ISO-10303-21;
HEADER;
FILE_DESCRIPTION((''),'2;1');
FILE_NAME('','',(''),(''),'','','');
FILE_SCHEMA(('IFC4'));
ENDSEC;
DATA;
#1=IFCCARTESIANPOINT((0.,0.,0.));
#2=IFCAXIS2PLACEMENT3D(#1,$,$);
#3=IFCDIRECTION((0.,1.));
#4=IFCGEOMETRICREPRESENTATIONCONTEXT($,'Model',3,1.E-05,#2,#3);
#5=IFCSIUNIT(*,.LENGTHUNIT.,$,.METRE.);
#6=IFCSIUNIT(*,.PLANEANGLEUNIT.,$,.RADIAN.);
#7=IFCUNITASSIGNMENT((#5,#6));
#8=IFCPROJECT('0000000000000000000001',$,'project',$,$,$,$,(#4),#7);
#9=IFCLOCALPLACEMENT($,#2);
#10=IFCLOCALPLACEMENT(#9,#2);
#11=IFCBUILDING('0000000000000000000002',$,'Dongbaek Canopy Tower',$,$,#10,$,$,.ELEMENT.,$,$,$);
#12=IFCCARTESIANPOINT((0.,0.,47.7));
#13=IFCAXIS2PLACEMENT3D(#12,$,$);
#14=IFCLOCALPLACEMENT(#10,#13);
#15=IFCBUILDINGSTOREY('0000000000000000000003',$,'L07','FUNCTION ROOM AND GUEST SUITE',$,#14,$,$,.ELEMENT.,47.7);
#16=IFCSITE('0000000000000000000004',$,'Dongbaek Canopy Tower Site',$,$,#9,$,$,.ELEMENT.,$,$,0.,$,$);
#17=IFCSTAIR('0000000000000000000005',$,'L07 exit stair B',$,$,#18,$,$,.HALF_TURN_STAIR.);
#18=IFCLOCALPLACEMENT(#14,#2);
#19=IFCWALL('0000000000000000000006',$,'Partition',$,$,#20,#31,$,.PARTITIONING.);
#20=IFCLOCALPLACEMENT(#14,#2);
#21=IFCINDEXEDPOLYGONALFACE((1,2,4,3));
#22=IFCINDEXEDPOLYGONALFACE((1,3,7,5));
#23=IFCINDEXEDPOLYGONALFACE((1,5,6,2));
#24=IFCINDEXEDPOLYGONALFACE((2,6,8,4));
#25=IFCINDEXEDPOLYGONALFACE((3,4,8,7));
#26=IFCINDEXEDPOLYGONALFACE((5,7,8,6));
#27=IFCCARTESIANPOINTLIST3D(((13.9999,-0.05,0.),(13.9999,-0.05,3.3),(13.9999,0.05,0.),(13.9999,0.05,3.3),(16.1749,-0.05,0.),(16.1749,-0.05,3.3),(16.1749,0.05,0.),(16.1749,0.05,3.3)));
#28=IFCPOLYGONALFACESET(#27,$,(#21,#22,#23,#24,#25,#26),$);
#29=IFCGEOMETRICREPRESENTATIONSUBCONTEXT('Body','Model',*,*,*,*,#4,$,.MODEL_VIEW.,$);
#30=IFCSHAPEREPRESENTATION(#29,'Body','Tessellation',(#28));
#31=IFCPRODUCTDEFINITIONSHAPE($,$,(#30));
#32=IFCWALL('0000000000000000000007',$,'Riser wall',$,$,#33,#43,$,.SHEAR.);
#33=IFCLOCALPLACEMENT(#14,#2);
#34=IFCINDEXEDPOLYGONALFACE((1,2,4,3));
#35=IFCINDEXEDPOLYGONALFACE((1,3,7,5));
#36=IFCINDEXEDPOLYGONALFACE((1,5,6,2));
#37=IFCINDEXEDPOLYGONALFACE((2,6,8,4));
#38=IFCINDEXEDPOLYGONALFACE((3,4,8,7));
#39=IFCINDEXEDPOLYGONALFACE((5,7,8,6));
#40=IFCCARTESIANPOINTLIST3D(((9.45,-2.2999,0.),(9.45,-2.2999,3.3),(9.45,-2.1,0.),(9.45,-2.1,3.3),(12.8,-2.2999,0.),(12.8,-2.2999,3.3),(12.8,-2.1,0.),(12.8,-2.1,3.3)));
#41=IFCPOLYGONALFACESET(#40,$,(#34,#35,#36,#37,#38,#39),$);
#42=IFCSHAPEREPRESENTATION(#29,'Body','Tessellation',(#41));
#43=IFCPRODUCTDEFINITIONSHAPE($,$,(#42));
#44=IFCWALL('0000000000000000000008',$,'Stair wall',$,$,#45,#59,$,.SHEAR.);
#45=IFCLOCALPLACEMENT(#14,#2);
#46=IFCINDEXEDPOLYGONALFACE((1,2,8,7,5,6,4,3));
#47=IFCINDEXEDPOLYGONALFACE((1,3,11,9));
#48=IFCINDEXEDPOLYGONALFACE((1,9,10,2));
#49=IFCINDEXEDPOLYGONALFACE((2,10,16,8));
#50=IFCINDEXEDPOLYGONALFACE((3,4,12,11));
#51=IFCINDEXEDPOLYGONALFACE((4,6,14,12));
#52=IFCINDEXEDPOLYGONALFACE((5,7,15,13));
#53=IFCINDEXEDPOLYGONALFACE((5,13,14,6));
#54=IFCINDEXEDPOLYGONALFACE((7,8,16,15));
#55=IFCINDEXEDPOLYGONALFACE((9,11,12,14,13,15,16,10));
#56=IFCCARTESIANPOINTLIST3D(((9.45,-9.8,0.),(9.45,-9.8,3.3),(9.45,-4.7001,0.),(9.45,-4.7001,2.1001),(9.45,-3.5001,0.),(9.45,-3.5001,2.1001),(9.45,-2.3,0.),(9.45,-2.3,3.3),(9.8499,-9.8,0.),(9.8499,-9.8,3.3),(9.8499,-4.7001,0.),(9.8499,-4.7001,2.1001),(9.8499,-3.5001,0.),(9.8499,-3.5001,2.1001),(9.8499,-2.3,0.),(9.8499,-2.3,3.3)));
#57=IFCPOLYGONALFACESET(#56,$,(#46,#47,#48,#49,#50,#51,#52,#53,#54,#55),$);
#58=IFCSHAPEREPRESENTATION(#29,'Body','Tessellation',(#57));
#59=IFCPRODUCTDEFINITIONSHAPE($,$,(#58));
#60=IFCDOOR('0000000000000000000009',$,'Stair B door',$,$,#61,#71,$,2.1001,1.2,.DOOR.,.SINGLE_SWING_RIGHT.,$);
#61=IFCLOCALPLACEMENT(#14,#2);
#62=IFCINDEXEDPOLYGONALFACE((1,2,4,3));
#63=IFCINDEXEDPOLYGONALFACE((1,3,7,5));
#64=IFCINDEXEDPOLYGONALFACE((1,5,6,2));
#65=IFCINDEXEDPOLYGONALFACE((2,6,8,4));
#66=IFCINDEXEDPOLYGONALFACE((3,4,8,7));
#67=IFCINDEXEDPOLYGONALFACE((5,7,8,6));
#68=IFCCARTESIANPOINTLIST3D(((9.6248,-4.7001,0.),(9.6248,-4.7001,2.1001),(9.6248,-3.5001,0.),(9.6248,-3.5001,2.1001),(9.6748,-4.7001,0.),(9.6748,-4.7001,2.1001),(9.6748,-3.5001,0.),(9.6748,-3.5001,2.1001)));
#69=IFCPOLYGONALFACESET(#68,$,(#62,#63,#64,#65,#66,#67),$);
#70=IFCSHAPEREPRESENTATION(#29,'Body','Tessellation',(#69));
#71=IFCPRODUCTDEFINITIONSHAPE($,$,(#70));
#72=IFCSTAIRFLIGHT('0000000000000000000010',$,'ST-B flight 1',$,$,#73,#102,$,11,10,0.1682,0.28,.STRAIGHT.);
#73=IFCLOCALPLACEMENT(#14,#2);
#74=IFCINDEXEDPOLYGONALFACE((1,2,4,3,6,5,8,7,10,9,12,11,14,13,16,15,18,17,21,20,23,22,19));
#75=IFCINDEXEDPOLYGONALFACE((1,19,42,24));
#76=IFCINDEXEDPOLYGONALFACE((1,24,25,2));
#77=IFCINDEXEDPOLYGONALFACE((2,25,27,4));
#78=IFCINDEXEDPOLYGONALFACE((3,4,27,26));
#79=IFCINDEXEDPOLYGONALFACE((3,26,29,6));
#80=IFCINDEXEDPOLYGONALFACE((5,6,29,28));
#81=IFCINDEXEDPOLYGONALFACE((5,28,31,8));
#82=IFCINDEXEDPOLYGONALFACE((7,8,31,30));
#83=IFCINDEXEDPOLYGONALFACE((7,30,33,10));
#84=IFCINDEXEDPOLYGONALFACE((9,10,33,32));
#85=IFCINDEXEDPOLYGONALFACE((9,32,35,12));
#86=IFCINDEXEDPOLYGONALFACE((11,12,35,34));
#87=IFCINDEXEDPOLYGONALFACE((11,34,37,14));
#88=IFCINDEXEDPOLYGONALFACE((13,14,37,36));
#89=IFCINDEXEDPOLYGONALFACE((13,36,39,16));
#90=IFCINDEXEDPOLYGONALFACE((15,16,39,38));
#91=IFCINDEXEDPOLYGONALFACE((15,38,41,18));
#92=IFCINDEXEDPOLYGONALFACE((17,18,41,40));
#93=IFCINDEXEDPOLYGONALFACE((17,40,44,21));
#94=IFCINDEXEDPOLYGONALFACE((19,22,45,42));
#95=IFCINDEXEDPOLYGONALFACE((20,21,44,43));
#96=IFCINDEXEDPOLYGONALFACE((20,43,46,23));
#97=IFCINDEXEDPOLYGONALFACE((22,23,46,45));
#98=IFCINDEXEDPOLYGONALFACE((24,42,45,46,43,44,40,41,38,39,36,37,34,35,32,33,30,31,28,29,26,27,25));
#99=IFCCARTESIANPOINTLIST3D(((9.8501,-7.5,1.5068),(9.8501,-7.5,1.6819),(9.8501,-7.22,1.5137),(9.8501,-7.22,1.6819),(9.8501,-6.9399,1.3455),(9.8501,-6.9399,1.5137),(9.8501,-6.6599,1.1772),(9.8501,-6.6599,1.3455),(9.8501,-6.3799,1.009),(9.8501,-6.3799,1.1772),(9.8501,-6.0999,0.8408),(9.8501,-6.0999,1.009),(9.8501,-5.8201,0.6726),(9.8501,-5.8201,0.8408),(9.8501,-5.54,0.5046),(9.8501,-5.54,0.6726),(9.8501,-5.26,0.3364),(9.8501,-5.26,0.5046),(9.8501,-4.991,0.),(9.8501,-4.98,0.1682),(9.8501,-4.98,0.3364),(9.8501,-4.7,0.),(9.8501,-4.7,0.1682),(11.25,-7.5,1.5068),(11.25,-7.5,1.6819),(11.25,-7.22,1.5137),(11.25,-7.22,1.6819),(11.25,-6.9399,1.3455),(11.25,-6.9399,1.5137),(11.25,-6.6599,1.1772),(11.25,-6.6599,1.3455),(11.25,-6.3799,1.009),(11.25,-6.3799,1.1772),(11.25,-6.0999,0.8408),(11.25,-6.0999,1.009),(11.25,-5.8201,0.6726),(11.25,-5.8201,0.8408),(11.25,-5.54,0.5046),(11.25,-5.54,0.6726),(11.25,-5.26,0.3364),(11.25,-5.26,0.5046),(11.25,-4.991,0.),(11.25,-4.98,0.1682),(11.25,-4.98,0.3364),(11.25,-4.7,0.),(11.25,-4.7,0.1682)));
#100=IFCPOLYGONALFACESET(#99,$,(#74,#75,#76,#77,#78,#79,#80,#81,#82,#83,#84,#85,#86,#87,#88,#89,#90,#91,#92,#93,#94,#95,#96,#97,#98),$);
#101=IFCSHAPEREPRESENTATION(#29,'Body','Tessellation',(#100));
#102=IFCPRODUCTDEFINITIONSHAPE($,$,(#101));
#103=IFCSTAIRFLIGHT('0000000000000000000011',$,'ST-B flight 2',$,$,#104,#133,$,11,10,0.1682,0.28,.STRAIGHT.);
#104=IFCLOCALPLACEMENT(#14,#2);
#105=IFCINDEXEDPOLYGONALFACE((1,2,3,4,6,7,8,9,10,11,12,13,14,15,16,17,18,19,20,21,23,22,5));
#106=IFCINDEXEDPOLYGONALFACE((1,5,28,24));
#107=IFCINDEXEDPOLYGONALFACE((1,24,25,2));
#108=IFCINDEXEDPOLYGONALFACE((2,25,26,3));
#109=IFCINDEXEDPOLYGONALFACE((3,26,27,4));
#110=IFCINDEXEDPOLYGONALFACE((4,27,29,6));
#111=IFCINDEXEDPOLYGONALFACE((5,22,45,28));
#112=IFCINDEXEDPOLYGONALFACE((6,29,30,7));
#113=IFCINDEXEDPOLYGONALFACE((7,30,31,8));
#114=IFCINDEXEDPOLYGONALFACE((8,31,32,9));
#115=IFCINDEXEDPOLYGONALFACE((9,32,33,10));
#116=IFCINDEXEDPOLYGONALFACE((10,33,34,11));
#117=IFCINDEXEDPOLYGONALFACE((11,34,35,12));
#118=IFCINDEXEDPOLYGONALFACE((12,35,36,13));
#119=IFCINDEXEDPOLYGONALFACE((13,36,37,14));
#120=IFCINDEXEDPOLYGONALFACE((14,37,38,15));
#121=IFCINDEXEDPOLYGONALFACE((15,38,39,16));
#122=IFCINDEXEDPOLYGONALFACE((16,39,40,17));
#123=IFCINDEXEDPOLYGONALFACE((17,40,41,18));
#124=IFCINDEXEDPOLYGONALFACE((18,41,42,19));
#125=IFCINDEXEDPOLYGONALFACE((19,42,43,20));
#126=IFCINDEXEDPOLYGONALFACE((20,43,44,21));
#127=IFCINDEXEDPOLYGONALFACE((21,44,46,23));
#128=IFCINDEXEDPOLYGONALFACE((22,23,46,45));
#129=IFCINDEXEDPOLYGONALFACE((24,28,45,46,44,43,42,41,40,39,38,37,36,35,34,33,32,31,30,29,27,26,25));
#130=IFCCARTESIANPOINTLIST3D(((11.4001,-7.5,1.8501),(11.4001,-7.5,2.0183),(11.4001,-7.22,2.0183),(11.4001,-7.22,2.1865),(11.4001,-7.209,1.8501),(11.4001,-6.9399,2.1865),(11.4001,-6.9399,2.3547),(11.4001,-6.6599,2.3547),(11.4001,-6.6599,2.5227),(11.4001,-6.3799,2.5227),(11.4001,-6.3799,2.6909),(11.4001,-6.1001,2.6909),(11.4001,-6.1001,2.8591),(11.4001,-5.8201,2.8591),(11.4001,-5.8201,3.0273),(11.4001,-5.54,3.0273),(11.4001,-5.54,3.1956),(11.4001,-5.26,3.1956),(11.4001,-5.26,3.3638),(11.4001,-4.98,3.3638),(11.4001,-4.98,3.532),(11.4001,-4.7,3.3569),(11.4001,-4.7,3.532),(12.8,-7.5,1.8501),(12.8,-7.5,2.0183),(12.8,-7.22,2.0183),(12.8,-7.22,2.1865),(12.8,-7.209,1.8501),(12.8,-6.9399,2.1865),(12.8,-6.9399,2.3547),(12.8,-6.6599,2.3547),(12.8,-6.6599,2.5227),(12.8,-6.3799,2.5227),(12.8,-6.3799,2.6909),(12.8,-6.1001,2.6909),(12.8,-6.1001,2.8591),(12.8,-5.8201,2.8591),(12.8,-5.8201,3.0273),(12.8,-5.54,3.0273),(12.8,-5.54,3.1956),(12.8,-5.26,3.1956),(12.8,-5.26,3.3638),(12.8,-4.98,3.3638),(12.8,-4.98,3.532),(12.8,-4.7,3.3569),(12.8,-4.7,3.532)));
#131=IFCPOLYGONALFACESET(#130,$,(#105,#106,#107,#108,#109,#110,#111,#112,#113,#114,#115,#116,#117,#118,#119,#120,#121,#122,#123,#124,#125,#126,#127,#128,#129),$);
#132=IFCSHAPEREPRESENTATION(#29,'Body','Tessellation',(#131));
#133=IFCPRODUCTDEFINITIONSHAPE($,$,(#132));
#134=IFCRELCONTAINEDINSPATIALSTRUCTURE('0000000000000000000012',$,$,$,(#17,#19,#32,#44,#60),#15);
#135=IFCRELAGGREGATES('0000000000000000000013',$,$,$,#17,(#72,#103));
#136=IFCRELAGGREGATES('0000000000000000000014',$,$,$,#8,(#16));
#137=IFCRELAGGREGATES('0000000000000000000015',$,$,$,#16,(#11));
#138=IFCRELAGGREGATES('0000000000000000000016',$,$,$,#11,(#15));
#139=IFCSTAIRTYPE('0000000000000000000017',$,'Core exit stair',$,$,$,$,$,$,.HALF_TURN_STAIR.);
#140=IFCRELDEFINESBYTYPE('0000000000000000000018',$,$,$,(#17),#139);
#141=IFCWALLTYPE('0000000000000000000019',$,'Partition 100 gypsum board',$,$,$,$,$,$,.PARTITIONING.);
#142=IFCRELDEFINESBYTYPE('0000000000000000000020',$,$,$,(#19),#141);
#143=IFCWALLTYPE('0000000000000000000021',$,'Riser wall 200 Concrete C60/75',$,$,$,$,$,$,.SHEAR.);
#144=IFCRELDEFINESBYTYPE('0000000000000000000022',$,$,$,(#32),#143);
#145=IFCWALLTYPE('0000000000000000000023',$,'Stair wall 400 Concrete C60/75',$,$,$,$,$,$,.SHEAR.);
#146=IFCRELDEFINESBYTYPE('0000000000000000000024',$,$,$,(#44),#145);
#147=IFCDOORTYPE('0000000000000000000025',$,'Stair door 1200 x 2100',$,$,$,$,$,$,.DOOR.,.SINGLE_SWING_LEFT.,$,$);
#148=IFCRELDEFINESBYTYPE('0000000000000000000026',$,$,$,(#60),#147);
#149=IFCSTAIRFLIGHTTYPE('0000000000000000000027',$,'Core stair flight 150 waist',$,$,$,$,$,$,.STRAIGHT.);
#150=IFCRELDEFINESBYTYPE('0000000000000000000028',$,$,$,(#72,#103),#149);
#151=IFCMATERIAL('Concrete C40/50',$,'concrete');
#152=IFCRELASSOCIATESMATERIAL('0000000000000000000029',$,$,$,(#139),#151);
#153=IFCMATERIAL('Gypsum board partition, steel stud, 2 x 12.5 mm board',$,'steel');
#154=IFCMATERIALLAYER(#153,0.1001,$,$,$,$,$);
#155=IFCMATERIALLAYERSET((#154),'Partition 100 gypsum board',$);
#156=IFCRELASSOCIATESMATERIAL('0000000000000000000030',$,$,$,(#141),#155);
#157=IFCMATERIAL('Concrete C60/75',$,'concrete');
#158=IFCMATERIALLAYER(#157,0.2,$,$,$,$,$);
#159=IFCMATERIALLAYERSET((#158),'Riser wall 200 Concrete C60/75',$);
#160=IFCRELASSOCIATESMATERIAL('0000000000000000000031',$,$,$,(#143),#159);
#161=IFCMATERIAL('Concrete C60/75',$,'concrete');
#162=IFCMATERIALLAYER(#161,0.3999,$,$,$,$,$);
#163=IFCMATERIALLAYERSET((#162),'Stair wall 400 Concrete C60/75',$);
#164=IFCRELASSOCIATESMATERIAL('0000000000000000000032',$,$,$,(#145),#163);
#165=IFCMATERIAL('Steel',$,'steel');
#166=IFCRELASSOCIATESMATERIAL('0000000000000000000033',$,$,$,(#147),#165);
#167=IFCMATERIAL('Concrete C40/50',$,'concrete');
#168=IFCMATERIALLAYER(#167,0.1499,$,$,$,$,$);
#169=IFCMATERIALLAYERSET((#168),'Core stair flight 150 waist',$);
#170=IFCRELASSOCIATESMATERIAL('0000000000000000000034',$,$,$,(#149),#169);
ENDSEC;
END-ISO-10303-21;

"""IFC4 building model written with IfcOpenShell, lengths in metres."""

from ifc_helpers import new_model, si_unit, direction, frame, frame_2d, origin, place, context, subcontext, project, spatial, polyline, rectangle, outline, extrude, material, layer, layer_set, type_object, element, fill, aggregate, save


model = new_model("IFC4")

# Units and contexts
model_context = context("Model", 3, precision=1e-05, world=origin(), true_north=direction((0.0, 1.0)))
body_context = subcontext(model_context, "Body", "Model", "MODEL_VIEW")
ifc_project = project(units=[si_unit("LENGTHUNIT", "METRE"), si_unit("PLANEANGLEUNIT", "RADIAN")], contexts=[model_context])

# Site, building, storey
site_placement = place(None, origin())
site = spatial("IfcSite", under=ifc_project, at=site_placement, Name="Dongbaek Canopy Tower Site", CompositionType="ELEMENT", RefElevation=0.0)
building_placement = place(site_placement, origin())
building = spatial("IfcBuilding", under=site, at=building_placement, Name="Dongbaek Canopy Tower", CompositionType="ELEMENT")
storey_placement = place(building_placement, frame((0.0, 0.0, 47.7)))
storey = spatial("IfcBuildingStorey", under=building, at=storey_placement, Name="L07", Description="FUNCTION ROOM AND GUEST SUITE", CompositionType="ELEMENT", Elevation=47.7)

# Stair
ifc_material_1 = material(Name="Concrete C40/50", Category="concrete")
stair_type = type_object("IfcStairType", Name="Core exit stair", PredefinedType="HALF_TURN_STAIR", material=ifc_material_1)
stair_1_placement = place(storey_placement, origin())
stair_1 = element("IfcStair", 1, at=stair_1_placement, inside=storey, type_object=stair_type, Name="L07 exit stair B", PredefinedType="HALF_TURN_STAIR")

# Walls
ifc_material_2 = material(Name="Gypsum board partition, steel stud, 2 x 12.5 mm board", Category="steel")
ifc_layer_1 = layer(ifc_material_2, 0.1001)
ifc_layer_set_1 = layer_set([ifc_layer_1], Name="Partition 100 gypsum board")
wall_type_1 = type_object("IfcWallType", Name="Partition 100 gypsum board", PredefinedType="PARTITIONING", material=ifc_layer_set_1)
wall_1_placement = place(storey_placement, frame((14.0, 0.0, 0.0), z_axis=(0.0, 0.0, 1.0), x_axis=(1.0, 0.0, 0.0)))
element("IfcWall", 2, at=wall_1_placement, inside=storey, type_object=wall_type_1, Name="Partition", PredefinedType="PARTITIONING", context=body_context, shape_type="SweptSolid", body=[
    extrude(rectangle(XDim=2.175, YDim=0.1001, at=frame_2d((1.0874, 0.0))), origin(), (0.0, 0.0, 1.0), 3.3),
])
ifc_material_3 = material(Name="Concrete C60/75", Category="concrete")
ifc_layer_2 = layer(ifc_material_3, 0.2)
ifc_layer_set_2 = layer_set([ifc_layer_2], Name="Riser wall 200 Concrete C60/75")
wall_type_2 = type_object("IfcWallType", Name="Riser wall 200 Concrete C60/75", PredefinedType="SHEAR", material=ifc_layer_set_2)
wall_2_placement = place(storey_placement, frame((9.45, -2.2, 0.0), z_axis=(0.0, 0.0, 1.0), x_axis=(1.0, 0.0, 0.0)))
element("IfcWall", 3, at=wall_2_placement, inside=storey, type_object=wall_type_2, Name="Riser wall", PredefinedType="SHEAR", context=body_context, shape_type="SweptSolid", body=[
    extrude(rectangle(XDim=3.3501, YDim=0.2, at=frame_2d((1.675, 0.0))), origin(), (0.0, 0.0, 1.0), 3.3),
])

# Wall, opening, door
ifc_material_4 = material(Name="Concrete C60/75", Category="concrete")
ifc_layer_3 = layer(ifc_material_4, 0.3999)
ifc_layer_set_3 = layer_set([ifc_layer_3], Name="Stair wall 400 Concrete C60/75")
wall_type_3 = type_object("IfcWallType", Name="Stair wall 400 Concrete C60/75", PredefinedType="SHEAR", material=ifc_layer_set_3)
wall_3_placement = place(storey_placement, frame((9.6499, -2.3, 0.0), z_axis=(0.0, 0.0, 1.0), x_axis=(0.0, -1.0, 0.0)))
wall_3 = element("IfcWall", 4, at=wall_3_placement, inside=storey, type_object=wall_type_3, Name="Stair wall", PredefinedType="SHEAR", context=body_context, shape_type="SweptSolid", body=[
    extrude(rectangle(XDim=7.5, YDim=0.3999, at=frame_2d((3.75, 0.0))), origin(), (0.0, 0.0, 1.0), 3.3),
])
opening_1_placement = place(wall_3_placement, frame((1.2, 0.0, 0.0)))
opening_1 = element("IfcOpeningElement", 5, at=opening_1_placement, cuts=wall_3, PredefinedType="OPENING", context=body_context, shape_type="SweptSolid", body=[
    extrude(rectangle(XDim=1.2, YDim=2.1001, at=frame_2d((0.6001, 1.05))), frame((0.0, 0.21, 0.0), z_axis=(0.0, -1.0, 0.0), x_axis=(1.0, 0.0, 0.0)), (0.0, 0.0, 1.0), 0.4199),
])
ifc_material_5 = material(Name="Steel", Category="steel")
door_type_1 = type_object("IfcDoorType", Name="Stair door 1200 x 2100", OperationType="SINGLE_SWING_LEFT", PredefinedType="DOOR", material=ifc_material_5)
door_1_placement = place(opening_1_placement, origin())
door_1 = element("IfcDoor", 6, at=door_1_placement, inside=storey, type_object=door_type_1, Name="Stair B door", OperationType="SINGLE_SWING_RIGHT", OverallHeight=2.1001, OverallWidth=1.2, PredefinedType="DOOR", context=body_context, shape_type="SweptSolid", body=[
    extrude(rectangle(XDim=1.2, YDim=2.1001, at=frame_2d((0.6001, 1.05))), frame((0.0, 0.0249, 0.0), z_axis=(0.0, -1.0, 0.0), x_axis=(1.0, 0.0, 0.0)), (0.0, 0.0, 1.0), 0.05),
])
fill(opening_1, door_1)

# Stair flights
ifc_material_6 = material(Name="Concrete C40/50", Category="concrete")
ifc_layer_4 = layer(ifc_material_6, 0.1499)
ifc_layer_set_4 = layer_set([ifc_layer_4], Name="Core stair flight 150 waist")
stair_flight_type = type_object("IfcStairFlightType", Name="Core stair flight 150 waist", PredefinedType="STRAIGHT", material=ifc_layer_set_4)
stair_flight_1_placement = place(storey_placement, frame((10.55, -4.7, 0.0), z_axis=(0.0, 0.0, 1.0), x_axis=(0.0, -1.0, 0.0)))
stair_flight_1 = element("IfcStairFlight", 7, at=stair_flight_1_placement, type_object=stair_flight_type, Name="ST-B flight 1", NumberOfRisers=11, NumberOfTreads=10, PredefinedType="STRAIGHT", RiserHeight=0.1682, TreadLength=0.28, context=body_context, shape_type="SweptSolid", body=[
    extrude(outline(polyline([(0.0, 0.0), (0.0, 0.1682), (0.28, 0.1682), (0.28, 0.3364), (0.5601, 0.3364), (0.5601, 0.5046), (0.8401, 0.5046), (0.8401, 0.6726), (1.1201, 0.6726), (1.1201, 0.8408), (1.3999, 0.8408), (1.3999, 1.009), (1.6799, 1.009), (1.6799, 1.1772), (1.96, 1.1772), (1.96, 1.3455), (2.24, 1.3455), (2.24, 1.5137), (2.52, 1.5137), (2.52, 1.6819), (2.8, 1.6819), (2.8, 1.8501), (2.8, 1.5068), (0.291, 0.0), (0.0, 0.0)])), frame((0.0, 0.7, 0.0), z_axis=(0.0, -1.0, 0.0), x_axis=(1.0, 0.0, 0.0)), (0.0, 0.0, 1.0), 1.3999),
])
stair_flight_2_placement = place(storey_placement, frame((12.1001, -7.5, 1.8501), z_axis=(0.0, 0.0, 1.0), x_axis=(0.0, 1.0, 0.0)))
stair_flight_2 = element("IfcStairFlight", 8, at=stair_flight_2_placement, type_object=stair_flight_type, Name="ST-B flight 2", NumberOfRisers=11, NumberOfTreads=10, PredefinedType="STRAIGHT", RiserHeight=0.1682, TreadLength=0.28, context=body_context, shape_type="SweptSolid", body=[
    extrude(outline(polyline([(0.0, 0.0), (0.0, 0.1682), (0.28, 0.1682), (0.28, 0.3364), (0.5601, 0.3364), (0.5601, 0.5046), (0.8401, 0.5046), (0.8401, 0.6726), (1.1201, 0.6726), (1.1201, 0.8408), (1.3999, 0.8408), (1.3999, 1.009), (1.6799, 1.009), (1.6799, 1.1772), (1.96, 1.1772), (1.96, 1.3455), (2.24, 1.3455), (2.24, 1.5137), (2.52, 1.5137), (2.52, 1.6819), (2.8, 1.6819), (2.8, 1.8501), (2.8, 1.5068), (0.291, 0.0), (0.0, 0.0)])), frame((0.0, 0.7, 0.0), z_axis=(0.0, -1.0, 0.0), x_axis=(1.0, 0.0, 0.0)), (0.0, 0.0, 1.0), 1.3999),
])
aggregate(stair_1, [stair_flight_1, stair_flight_2])

save(model, "model.ifc")
